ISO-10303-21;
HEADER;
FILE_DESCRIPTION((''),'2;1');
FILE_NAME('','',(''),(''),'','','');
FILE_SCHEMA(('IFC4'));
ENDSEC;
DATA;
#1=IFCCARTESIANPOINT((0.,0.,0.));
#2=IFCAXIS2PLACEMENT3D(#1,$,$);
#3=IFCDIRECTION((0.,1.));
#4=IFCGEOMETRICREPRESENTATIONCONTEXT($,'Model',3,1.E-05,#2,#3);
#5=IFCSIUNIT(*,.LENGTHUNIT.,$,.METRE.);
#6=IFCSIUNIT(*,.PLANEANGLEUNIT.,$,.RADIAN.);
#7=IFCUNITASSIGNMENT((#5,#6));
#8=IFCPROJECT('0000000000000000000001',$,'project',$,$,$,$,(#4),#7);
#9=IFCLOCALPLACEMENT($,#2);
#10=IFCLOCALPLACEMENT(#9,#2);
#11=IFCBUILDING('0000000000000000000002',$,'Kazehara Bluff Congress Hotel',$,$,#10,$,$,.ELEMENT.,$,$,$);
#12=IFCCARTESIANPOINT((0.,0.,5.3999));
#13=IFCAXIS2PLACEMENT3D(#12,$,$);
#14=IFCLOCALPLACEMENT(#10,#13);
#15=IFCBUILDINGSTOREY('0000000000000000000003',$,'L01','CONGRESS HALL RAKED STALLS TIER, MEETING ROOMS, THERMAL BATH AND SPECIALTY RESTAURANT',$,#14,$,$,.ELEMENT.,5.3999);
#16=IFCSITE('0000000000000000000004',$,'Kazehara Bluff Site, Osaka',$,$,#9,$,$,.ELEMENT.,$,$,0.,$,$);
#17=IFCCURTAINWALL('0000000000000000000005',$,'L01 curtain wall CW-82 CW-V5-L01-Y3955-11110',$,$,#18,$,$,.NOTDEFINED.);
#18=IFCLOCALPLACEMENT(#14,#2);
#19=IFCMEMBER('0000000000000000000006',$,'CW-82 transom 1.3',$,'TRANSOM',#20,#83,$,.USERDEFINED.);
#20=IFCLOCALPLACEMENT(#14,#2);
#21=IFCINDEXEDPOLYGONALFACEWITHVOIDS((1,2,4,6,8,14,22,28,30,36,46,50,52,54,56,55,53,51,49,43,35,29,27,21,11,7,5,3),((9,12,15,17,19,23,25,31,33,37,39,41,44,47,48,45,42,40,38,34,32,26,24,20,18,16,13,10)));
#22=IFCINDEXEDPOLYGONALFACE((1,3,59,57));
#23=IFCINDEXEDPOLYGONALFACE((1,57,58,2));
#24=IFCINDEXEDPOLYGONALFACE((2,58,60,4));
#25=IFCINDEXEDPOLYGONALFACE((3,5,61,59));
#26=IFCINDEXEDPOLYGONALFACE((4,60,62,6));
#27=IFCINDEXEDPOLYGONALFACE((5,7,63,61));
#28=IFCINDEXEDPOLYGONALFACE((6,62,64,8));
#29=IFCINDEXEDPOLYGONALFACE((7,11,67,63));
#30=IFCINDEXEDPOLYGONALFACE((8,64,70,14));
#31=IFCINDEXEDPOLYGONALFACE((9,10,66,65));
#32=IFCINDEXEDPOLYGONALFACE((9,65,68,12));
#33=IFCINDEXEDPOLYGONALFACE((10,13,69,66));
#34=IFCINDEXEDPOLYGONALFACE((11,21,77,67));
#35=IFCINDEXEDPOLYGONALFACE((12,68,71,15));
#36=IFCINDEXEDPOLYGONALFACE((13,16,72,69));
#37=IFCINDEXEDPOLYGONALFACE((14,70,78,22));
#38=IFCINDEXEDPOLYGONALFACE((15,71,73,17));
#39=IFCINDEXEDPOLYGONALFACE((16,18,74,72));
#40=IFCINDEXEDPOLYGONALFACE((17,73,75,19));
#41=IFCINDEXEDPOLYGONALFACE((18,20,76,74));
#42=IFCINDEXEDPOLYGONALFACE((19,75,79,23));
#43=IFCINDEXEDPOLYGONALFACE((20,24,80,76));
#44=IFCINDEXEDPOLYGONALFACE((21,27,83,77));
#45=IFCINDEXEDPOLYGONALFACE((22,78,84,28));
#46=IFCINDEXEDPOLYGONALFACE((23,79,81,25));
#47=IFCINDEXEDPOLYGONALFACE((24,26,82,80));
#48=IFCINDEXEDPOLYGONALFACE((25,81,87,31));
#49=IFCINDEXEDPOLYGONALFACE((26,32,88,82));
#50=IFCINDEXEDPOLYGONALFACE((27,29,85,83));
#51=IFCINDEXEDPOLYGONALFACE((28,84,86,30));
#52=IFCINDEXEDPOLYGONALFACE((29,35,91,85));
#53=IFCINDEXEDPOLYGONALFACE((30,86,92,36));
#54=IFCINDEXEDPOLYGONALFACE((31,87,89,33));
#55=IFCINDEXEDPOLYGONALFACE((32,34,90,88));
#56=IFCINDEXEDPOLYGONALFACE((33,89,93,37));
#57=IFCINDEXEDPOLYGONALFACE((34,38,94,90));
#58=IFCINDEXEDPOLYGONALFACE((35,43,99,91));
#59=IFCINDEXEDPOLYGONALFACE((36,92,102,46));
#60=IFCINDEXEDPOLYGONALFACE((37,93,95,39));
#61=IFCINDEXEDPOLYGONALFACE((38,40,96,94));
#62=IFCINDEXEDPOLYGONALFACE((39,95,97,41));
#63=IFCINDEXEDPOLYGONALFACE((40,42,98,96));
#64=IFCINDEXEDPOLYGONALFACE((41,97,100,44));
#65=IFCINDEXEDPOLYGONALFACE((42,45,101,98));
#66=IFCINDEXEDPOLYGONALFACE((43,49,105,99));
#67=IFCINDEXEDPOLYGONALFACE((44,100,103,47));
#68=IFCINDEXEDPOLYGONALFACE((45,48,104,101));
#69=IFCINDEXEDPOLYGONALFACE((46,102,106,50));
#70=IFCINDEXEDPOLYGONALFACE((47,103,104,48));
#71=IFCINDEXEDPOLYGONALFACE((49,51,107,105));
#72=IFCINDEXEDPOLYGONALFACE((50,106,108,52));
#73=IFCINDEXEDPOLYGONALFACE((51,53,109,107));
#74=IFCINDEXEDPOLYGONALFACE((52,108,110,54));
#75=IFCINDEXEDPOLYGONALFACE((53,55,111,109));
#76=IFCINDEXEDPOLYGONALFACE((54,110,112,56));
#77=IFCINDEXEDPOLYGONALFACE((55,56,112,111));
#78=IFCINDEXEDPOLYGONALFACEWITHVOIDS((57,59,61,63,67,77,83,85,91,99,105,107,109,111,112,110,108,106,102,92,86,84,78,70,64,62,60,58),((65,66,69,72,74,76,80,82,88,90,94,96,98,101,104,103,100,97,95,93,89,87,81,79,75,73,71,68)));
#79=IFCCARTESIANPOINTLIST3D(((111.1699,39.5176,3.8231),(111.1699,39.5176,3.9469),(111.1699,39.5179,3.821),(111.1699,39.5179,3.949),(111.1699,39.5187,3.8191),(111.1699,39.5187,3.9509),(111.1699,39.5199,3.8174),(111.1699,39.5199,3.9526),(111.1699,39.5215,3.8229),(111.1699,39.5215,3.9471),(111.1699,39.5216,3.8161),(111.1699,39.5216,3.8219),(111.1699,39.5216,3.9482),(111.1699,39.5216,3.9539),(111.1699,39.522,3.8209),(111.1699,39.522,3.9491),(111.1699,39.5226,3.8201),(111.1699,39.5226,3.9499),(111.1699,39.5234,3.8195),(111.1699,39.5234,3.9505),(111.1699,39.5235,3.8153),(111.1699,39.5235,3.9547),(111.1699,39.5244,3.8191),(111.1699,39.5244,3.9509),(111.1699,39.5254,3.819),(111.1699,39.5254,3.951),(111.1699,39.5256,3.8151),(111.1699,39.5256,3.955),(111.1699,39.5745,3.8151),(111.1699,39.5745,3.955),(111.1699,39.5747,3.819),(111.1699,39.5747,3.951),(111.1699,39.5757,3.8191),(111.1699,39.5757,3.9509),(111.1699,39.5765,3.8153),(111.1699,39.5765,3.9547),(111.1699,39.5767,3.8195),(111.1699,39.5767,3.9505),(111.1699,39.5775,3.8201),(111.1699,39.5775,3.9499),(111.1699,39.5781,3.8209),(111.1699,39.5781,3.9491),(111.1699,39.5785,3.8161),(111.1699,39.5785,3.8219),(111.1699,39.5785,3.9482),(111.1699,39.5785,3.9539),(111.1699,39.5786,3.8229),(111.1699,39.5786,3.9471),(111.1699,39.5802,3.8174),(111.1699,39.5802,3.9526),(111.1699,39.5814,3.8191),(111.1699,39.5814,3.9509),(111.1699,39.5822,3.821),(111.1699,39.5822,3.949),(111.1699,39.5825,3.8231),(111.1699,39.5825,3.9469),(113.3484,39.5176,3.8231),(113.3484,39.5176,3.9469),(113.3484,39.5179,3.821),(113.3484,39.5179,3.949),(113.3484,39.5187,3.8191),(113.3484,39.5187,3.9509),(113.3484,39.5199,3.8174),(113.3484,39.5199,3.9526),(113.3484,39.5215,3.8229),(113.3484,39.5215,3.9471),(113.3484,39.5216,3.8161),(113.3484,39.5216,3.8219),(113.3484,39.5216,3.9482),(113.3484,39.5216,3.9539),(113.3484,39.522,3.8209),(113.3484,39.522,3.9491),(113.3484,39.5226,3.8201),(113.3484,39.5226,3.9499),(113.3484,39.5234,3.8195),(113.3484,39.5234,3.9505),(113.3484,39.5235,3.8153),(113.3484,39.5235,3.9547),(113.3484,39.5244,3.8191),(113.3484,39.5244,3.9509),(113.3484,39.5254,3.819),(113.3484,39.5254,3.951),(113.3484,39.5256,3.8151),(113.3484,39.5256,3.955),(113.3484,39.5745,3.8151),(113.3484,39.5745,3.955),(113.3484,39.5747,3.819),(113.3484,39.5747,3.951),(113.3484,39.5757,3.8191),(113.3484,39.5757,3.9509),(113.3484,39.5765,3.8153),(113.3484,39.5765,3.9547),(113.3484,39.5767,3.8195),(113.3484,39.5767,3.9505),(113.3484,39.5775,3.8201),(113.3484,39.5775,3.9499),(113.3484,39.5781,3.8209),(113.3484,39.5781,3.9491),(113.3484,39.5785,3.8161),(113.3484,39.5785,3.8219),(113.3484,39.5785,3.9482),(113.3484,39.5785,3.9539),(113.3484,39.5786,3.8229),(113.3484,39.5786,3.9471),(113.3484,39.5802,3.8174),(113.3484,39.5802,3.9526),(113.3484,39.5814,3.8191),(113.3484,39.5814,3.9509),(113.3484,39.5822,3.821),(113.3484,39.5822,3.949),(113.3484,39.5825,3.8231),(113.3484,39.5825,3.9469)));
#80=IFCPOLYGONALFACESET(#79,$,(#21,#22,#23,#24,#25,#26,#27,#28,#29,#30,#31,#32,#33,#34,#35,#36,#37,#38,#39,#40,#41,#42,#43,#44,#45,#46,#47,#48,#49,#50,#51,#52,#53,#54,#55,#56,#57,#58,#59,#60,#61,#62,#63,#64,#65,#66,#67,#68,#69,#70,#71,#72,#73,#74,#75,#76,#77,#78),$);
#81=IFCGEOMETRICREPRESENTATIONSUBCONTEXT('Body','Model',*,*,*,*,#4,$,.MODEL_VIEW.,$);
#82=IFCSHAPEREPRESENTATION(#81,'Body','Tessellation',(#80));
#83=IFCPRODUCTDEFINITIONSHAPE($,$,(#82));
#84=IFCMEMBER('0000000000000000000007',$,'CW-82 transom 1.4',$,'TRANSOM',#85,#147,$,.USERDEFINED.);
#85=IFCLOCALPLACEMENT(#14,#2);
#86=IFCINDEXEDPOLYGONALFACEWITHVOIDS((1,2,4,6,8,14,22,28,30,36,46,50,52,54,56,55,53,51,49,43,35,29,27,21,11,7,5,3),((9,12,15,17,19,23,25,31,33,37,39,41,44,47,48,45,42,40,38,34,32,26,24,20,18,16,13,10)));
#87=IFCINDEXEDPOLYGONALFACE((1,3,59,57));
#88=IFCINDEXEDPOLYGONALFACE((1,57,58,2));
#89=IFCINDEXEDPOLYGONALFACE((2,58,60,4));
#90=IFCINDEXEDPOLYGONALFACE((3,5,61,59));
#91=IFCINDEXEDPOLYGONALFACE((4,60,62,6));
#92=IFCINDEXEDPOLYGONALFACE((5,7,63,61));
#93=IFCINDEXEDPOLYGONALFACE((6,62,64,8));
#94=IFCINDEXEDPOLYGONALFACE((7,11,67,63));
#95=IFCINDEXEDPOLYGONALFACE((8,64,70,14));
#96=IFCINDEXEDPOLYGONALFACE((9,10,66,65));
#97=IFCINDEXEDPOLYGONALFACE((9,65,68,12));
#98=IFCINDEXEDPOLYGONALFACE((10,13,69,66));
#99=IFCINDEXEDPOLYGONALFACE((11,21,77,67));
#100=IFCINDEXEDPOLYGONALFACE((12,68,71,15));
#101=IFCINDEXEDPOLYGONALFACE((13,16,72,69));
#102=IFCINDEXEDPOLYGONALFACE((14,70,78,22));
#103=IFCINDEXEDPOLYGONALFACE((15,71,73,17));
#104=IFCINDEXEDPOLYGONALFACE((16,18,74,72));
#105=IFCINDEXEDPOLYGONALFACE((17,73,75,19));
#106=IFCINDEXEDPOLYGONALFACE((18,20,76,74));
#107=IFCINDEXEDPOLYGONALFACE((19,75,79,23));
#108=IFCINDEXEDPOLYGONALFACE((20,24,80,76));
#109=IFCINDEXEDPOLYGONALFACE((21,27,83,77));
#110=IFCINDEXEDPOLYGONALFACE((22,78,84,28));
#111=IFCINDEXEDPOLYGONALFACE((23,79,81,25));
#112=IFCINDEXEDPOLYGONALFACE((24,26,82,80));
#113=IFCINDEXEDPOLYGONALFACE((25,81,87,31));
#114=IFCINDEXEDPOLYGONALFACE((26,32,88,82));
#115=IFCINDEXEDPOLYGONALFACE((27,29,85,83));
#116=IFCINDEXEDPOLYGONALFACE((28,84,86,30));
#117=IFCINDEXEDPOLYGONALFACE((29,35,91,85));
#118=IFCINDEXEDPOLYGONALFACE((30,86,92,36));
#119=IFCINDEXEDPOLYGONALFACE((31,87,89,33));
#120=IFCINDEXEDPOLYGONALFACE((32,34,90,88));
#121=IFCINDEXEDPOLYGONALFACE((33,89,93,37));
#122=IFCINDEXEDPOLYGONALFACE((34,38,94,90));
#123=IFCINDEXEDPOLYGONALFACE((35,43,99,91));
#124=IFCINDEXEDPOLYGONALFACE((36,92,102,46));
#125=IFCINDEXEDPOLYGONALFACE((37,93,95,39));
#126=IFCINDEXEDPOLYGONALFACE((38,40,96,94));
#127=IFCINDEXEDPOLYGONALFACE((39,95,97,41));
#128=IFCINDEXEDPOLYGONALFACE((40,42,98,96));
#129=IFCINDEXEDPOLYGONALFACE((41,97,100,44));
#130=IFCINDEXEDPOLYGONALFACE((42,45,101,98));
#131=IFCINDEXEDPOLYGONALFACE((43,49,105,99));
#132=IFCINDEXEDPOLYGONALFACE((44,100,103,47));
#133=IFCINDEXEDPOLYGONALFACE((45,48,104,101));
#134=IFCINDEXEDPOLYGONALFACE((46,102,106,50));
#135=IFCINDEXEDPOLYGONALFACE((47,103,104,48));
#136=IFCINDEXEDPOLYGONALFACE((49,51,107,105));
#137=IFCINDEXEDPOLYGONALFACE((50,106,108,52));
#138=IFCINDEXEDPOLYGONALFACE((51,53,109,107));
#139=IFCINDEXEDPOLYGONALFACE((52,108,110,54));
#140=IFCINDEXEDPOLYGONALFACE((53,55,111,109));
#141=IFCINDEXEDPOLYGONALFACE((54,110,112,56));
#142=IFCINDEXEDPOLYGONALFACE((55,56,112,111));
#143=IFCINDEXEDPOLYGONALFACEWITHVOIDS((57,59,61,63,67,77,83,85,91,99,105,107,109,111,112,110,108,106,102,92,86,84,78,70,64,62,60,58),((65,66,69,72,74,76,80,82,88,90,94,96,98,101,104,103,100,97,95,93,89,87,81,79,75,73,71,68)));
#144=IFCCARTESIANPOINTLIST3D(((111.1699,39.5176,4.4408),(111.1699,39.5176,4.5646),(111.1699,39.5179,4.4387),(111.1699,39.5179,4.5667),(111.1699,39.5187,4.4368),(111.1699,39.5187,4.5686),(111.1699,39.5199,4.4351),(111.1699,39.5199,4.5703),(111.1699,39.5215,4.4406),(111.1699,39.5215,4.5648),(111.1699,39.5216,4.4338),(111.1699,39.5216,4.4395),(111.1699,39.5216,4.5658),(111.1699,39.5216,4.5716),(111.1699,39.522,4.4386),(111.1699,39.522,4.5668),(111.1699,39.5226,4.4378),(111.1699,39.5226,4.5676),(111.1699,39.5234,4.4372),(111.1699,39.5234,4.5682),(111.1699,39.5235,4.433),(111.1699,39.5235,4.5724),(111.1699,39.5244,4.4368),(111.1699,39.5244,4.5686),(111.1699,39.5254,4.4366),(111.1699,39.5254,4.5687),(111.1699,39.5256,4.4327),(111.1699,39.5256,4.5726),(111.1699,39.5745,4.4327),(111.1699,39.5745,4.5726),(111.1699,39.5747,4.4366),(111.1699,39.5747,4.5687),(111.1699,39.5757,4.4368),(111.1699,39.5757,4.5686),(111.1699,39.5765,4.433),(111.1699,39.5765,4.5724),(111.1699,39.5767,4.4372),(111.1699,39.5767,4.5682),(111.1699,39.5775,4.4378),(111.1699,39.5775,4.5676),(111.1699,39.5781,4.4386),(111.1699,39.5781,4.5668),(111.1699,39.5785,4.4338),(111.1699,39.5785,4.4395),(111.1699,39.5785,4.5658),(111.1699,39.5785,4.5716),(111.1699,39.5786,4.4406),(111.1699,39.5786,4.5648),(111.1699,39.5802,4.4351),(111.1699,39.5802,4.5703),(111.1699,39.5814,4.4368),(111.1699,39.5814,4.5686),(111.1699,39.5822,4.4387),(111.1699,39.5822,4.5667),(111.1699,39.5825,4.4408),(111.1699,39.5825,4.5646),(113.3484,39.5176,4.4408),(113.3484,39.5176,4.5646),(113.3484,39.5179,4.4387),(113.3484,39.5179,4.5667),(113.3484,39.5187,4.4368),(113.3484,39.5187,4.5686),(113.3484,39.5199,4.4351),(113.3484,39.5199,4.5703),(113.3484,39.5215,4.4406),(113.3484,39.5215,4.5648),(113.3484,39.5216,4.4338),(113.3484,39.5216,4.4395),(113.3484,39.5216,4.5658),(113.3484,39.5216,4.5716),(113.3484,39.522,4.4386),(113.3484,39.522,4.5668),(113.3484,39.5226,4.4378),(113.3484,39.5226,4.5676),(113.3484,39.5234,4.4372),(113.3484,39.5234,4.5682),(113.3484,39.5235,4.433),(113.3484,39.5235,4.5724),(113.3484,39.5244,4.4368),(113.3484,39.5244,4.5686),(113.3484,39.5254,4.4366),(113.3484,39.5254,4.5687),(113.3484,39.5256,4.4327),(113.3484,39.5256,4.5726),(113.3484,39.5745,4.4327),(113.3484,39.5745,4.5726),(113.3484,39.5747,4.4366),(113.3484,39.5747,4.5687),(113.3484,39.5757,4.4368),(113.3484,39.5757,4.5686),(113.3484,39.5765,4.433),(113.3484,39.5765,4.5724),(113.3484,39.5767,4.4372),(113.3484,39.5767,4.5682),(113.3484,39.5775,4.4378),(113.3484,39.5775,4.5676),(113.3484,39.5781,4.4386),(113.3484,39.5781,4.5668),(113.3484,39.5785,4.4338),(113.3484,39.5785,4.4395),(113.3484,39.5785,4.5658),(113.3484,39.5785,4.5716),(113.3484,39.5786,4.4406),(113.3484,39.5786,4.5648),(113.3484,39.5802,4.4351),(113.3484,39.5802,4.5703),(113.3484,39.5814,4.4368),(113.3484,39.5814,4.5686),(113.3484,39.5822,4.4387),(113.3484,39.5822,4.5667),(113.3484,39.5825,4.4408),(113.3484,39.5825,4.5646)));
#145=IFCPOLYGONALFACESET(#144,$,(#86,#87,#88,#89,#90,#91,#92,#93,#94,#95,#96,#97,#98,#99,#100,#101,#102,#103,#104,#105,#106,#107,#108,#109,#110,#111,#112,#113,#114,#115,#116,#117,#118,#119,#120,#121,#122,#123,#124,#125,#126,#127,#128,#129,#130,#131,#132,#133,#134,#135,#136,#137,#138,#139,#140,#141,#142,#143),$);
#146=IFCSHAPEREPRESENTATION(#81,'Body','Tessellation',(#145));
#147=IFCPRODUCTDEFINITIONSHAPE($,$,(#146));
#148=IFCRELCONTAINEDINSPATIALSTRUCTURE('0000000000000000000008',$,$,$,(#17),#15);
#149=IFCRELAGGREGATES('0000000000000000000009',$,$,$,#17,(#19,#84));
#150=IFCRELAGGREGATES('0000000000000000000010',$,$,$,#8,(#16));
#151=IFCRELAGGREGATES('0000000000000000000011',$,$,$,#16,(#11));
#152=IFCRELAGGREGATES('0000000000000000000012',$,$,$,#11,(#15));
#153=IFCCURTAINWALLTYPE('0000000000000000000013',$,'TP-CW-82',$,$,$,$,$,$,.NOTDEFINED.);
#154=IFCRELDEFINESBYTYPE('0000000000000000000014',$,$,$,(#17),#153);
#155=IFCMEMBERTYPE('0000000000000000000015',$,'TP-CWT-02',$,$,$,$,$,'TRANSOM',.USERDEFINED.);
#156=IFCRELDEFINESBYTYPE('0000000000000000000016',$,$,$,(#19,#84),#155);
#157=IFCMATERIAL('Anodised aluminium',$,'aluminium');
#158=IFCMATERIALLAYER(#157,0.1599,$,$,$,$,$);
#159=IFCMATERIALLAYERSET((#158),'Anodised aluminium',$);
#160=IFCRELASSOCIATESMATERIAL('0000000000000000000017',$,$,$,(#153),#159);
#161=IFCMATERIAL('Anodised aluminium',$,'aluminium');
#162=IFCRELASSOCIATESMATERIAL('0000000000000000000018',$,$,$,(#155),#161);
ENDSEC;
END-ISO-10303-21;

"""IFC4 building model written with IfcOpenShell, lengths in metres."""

from ifc_helpers import new_model, si_unit, direction, frame, origin, origin_2d, place, context, subcontext, project, spatial, hollow_rectangle, extrude, material, layer, layer_set, material_profile, profile_set, type_object, element, aggregate, save


model = new_model("IFC4")

# Units and contexts
model_context = context("Model", 3, precision=1e-05, world=origin(), true_north=direction((0.0, 1.0)))
body_context = subcontext(model_context, "Body", "Model", "MODEL_VIEW")
ifc_project = project(units=[si_unit("LENGTHUNIT", "METRE"), si_unit("PLANEANGLEUNIT", "RADIAN")], contexts=[model_context])

# Site, building, storey
site_placement = place(None, origin())
site = spatial("IfcSite", under=ifc_project, at=site_placement, Name="Kazehara Bluff Site, Osaka", CompositionType="ELEMENT", RefElevation=0.0)
building_placement = place(site_placement, origin())
building = spatial("IfcBuilding", under=site, at=building_placement, Name="Kazehara Bluff Congress Hotel", CompositionType="ELEMENT")
storey_placement = place(building_placement, frame((0.0, 0.0, 5.3999)))
storey = spatial("IfcBuildingStorey", under=building, at=storey_placement, Name="L01", Description="CONGRESS HALL RAKED STALLS TIER, MEETING ROOMS, THERMAL BATH AND SPECIALTY RESTAURANT", CompositionType="ELEMENT", Elevation=5.3999)

# Curtain wall, members
ifc_material_1 = material(Name="Anodised aluminium", Category="aluminium")
ifc_layer_1 = layer(ifc_material_1, 0.1599)
ifc_layer_set_1 = layer_set([ifc_layer_1], Name="Anodised aluminium")
curtain_wall_type = type_object("IfcCurtainWallType", Name="TP-CW-82", PredefinedType="NOTDEFINED", material=ifc_layer_set_1)
curtain_wall_placement = place(storey_placement, origin())
curtain_wall = element("IfcCurtainWall", 1, at=curtain_wall_placement, inside=storey, type_object=curtain_wall_type, Name="L01 curtain wall CW-82 CW-V5-L01-Y3955-11110", PredefinedType="NOTDEFINED")
ifc_material_2 = material(Name="Anodised aluminium", Category="aluminium")
ifc_material_profile_1 = material_profile(ifc_material_2, hollow_rectangle(XDim=0.0649, YDim=0.1399, WallThickness=0.0039, InnerFilletRadius=0.0039, OuterFilletRadius=0.0081, at=origin_2d()))
ifc_profile_set_1 = profile_set([ifc_material_profile_1], Name="Anodised aluminium")
member_type_1 = type_object("IfcMemberType", Name="TP-CWT-02", ElementType="TRANSOM", PredefinedType="USERDEFINED", material=ifc_profile_set_1)
member_1_placement = place(storey_placement, frame((111.1699, 39.55, 3.885), z_axis=(1.0, 0.0, 0.0), x_axis=(0.0, 1.0, 0.0)))
member_1 = element("IfcMember", 2, at=member_1_placement, type_object=member_type_1, Name="CW-82 transom 1.3", ObjectType="TRANSOM", PredefinedType="USERDEFINED", context=body_context, shape_type="SweptSolid", body=[
    extrude(hollow_rectangle(XDim=0.0649, YDim=0.1399, WallThickness=0.0039, InnerFilletRadius=0.0039, OuterFilletRadius=0.0081, at=origin_2d()), origin(), (0.0, 0.0, 1.0), 2.1785),
])
member_2_placement = place(storey_placement, frame((111.1699, 39.55, 4.5027), z_axis=(1.0, 0.0, 0.0), x_axis=(0.0, 1.0, 0.0)))
member_2 = element("IfcMember", 3, at=member_2_placement, type_object=member_type_1, Name="CW-82 transom 1.4", ObjectType="TRANSOM", PredefinedType="USERDEFINED", context=body_context, shape_type="SweptSolid", body=[
    extrude(hollow_rectangle(XDim=0.0649, YDim=0.1399, WallThickness=0.0039, InnerFilletRadius=0.0039, OuterFilletRadius=0.0081, at=origin_2d()), origin(), (0.0, 0.0, 1.0), 2.1785),
])

aggregate(curtain_wall, [member_1, member_2])

save(model, "model.ifc")
